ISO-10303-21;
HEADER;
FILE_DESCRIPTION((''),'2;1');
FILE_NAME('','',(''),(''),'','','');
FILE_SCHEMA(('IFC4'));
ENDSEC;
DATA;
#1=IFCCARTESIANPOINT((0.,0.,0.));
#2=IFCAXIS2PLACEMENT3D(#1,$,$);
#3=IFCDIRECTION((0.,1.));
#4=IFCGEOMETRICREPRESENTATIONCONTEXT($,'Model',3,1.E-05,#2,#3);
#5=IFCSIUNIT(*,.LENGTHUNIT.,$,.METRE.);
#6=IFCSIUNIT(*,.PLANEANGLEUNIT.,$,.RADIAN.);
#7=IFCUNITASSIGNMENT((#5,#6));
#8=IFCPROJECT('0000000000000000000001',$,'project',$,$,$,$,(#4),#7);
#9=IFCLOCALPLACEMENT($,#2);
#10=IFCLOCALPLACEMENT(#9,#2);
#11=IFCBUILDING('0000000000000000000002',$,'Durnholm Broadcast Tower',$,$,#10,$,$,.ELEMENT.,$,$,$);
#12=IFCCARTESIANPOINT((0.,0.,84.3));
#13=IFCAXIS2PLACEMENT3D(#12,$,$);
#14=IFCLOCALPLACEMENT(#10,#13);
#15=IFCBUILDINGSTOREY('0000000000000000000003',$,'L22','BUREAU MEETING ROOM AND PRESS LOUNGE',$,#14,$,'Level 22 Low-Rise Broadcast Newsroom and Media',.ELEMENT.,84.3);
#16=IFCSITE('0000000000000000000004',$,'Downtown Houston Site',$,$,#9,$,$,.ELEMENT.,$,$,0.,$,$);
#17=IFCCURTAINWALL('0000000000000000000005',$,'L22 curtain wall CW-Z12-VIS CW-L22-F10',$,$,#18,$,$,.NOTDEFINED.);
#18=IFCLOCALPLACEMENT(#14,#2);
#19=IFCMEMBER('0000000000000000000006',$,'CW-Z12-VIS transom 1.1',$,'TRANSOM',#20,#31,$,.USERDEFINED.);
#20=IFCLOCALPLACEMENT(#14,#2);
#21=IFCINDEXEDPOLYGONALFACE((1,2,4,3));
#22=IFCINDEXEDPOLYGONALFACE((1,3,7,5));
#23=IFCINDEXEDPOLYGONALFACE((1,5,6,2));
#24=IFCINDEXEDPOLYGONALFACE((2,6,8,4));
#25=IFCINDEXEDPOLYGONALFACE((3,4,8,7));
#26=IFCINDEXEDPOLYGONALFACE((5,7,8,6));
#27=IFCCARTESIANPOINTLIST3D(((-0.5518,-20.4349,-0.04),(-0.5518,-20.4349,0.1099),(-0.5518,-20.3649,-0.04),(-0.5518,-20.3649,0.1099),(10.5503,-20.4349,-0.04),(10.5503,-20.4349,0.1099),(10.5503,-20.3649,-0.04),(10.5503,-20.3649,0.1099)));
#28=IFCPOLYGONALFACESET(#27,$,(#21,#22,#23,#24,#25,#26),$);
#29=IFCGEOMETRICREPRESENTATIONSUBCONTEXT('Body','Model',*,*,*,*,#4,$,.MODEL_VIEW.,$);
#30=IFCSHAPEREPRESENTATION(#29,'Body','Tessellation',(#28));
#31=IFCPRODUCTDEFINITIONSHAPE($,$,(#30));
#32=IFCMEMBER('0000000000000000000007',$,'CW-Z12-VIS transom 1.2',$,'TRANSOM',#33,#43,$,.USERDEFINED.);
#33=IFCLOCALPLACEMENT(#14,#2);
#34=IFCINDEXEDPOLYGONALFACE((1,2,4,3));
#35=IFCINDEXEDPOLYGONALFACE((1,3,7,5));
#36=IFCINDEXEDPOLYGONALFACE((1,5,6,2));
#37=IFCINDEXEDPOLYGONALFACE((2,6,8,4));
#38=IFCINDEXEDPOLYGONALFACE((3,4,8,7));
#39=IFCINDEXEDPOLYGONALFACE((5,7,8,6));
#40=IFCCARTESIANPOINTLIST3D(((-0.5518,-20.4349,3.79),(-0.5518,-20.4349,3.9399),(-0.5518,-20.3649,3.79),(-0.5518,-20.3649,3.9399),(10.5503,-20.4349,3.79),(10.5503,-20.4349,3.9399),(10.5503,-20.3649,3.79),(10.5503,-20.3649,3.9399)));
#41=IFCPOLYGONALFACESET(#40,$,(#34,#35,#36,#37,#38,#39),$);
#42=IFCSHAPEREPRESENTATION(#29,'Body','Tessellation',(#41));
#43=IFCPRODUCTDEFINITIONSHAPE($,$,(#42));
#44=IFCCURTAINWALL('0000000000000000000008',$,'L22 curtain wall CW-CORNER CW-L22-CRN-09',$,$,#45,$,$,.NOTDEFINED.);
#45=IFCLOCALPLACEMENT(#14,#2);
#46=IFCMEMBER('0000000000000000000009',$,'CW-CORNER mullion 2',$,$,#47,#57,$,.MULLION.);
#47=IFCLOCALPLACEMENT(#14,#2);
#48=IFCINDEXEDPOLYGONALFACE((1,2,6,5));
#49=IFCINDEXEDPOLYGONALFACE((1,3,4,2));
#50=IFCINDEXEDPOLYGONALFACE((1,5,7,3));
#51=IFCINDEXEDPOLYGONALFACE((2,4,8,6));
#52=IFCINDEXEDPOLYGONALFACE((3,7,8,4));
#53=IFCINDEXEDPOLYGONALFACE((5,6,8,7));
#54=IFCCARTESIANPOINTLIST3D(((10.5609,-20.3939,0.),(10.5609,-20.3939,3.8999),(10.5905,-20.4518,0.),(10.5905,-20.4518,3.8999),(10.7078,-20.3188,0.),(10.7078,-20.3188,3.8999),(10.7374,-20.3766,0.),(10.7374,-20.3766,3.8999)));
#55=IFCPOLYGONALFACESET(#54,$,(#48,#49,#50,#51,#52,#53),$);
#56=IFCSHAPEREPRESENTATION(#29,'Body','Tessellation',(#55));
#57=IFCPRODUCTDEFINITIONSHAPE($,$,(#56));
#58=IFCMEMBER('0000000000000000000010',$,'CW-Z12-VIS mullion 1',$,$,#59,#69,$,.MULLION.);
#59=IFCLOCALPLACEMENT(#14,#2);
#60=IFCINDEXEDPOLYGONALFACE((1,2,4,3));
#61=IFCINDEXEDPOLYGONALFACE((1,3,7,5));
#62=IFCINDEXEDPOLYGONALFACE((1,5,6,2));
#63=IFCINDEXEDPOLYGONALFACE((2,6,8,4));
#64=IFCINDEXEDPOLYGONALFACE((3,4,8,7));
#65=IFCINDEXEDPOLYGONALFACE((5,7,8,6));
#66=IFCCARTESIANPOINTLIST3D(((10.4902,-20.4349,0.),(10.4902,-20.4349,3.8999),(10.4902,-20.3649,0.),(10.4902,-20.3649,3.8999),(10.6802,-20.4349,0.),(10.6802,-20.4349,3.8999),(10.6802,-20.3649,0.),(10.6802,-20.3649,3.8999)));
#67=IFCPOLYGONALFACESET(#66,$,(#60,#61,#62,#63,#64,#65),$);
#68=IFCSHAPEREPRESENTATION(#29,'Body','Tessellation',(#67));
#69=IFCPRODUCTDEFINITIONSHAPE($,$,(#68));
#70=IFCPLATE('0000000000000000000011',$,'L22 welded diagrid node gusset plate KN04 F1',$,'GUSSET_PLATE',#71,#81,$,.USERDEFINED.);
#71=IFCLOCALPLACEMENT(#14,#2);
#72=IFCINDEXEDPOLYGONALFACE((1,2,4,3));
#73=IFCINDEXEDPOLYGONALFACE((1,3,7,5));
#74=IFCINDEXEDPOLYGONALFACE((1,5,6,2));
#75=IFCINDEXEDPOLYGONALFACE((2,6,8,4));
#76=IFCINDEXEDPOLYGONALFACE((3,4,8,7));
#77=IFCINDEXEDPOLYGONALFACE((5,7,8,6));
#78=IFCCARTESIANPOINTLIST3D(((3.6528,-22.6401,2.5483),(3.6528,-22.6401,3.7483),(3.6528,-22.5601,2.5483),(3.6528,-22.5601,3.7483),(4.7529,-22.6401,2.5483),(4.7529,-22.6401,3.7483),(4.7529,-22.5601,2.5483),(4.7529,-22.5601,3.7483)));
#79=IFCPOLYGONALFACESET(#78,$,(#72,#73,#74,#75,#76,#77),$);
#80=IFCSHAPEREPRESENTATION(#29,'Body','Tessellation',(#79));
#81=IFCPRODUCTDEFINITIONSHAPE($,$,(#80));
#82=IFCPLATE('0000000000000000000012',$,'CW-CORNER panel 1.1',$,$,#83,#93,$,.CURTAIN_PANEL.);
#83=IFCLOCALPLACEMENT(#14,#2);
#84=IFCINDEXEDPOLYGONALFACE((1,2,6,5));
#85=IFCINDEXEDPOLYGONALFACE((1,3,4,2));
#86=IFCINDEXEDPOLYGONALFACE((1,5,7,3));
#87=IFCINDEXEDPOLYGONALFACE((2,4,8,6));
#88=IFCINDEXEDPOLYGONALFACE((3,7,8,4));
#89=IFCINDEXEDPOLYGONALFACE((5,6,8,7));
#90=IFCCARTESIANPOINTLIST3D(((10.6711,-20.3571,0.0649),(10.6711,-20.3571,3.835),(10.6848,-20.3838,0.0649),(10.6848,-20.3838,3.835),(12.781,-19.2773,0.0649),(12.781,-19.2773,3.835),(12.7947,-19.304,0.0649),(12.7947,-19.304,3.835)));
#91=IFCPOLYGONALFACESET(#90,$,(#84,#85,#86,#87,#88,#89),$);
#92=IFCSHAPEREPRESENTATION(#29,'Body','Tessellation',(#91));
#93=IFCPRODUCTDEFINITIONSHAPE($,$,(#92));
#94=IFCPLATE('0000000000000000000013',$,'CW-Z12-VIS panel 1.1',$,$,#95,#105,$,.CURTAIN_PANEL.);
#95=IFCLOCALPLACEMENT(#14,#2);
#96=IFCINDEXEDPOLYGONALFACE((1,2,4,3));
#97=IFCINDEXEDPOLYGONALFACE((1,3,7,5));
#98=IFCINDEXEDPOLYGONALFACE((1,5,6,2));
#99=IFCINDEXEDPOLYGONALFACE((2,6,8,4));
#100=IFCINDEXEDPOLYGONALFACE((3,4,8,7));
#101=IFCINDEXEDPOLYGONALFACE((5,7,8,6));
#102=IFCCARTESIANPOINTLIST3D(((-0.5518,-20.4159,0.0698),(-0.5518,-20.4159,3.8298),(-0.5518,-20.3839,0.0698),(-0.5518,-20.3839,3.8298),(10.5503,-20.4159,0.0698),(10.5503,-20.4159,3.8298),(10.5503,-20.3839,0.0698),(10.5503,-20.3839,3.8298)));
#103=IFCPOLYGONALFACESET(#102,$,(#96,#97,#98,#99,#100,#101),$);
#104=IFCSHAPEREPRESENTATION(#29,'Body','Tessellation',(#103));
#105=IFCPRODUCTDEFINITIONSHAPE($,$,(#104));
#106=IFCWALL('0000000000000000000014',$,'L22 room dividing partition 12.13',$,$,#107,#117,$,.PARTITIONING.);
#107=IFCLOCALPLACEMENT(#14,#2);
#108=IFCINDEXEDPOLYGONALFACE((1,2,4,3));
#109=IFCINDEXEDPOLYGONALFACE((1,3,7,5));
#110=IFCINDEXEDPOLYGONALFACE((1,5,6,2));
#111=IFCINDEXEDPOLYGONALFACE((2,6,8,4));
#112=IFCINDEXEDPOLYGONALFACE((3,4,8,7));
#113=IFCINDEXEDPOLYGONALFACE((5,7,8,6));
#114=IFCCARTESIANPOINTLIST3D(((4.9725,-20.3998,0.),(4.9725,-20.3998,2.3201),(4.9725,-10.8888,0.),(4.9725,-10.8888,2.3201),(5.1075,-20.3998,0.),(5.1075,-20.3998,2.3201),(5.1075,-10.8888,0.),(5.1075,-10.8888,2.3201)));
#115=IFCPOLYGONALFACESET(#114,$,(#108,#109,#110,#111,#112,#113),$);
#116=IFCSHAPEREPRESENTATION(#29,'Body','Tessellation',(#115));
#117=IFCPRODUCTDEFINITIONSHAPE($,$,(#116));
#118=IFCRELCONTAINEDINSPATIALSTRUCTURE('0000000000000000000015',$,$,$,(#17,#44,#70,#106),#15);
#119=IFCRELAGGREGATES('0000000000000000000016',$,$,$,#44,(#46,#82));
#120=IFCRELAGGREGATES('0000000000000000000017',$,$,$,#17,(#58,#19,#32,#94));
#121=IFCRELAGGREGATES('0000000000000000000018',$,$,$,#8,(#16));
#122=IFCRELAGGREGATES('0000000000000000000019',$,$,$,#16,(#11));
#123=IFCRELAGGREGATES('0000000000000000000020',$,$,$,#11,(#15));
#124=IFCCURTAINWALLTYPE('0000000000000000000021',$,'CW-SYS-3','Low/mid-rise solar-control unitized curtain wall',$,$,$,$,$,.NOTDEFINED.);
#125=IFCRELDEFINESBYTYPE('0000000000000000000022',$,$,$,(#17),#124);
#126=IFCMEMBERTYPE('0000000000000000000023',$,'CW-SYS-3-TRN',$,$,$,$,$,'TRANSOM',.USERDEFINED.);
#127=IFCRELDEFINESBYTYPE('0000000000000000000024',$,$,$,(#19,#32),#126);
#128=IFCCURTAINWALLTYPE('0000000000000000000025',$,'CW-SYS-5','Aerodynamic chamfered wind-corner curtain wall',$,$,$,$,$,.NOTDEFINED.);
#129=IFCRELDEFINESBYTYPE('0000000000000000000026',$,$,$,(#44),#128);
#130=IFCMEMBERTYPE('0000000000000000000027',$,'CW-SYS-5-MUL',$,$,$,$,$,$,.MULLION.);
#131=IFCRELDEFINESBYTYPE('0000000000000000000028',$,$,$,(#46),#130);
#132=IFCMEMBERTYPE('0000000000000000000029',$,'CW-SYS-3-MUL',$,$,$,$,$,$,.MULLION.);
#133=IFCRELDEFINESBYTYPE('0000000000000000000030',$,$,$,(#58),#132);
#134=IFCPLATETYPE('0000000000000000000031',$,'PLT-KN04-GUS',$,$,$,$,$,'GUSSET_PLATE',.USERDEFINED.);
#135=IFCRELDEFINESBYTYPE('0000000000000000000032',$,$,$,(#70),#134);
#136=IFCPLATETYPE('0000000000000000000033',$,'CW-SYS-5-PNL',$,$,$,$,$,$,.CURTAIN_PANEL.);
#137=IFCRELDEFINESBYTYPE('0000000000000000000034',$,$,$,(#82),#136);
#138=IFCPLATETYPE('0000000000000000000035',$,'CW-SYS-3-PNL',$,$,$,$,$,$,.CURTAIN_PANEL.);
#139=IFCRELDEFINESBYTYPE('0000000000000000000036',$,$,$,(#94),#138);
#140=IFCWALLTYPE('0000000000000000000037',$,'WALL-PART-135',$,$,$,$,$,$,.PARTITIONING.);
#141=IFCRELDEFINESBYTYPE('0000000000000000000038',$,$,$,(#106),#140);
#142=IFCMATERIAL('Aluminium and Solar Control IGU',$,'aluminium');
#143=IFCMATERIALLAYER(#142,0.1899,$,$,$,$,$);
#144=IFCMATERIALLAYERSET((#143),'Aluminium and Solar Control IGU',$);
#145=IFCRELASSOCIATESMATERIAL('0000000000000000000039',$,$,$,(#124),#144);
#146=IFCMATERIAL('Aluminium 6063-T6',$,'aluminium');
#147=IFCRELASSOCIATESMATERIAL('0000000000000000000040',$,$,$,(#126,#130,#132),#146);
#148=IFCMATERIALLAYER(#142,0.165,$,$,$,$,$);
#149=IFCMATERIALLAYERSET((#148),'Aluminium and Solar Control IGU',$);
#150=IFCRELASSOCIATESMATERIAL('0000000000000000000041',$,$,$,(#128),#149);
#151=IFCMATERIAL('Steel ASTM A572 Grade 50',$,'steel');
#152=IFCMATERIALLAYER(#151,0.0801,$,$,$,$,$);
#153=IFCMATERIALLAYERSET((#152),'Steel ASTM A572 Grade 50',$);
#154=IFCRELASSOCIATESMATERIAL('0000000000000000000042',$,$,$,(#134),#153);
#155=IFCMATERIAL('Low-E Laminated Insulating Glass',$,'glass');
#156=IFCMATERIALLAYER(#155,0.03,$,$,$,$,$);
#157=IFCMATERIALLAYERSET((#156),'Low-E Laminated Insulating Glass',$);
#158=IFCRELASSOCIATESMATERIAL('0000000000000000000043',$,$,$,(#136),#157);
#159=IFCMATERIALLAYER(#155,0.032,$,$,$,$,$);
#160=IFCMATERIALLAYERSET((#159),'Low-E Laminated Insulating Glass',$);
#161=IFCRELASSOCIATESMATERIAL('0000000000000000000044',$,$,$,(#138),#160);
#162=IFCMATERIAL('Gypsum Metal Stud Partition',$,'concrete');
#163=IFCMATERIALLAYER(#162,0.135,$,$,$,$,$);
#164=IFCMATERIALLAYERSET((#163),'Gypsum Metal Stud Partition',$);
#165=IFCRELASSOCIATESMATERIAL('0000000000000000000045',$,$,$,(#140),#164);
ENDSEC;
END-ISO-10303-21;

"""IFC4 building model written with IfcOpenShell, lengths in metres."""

from ifc_helpers import new_model, si_unit, direction, frame, frame_2d, origin, origin_2d, place, context, subcontext, project, spatial, rectangle, extrude, source, transform, mapped, material, layer, layer_set, material_profile, profile_set, type_object, type_shapes, element, aggregate, save


model = new_model("IFC4")

# Units and contexts
model_context = context("Model", 3, precision=1e-05, world=origin(), true_north=direction((0.0, 1.0)))
body_context = subcontext(model_context, "Body", "Model", "MODEL_VIEW")
ifc_project = project(units=[si_unit("LENGTHUNIT", "METRE"), si_unit("PLANEANGLEUNIT", "RADIAN")], contexts=[model_context])

# Site, building, storey
site_placement = place(None, origin())
site = spatial("IfcSite", under=ifc_project, at=site_placement, Name="Downtown Houston Site", CompositionType="ELEMENT", RefElevation=0.0)
building_placement = place(site_placement, origin())
building = spatial("IfcBuilding", under=site, at=building_placement, Name="Durnholm Broadcast Tower", CompositionType="ELEMENT")
storey_placement = place(building_placement, frame((0.0, 0.0, 84.3)))
storey = spatial("IfcBuildingStorey", under=building, at=storey_placement, Name="L22", Description="BUREAU MEETING ROOM AND PRESS LOUNGE", LongName="Level 22 Low-Rise Broadcast Newsroom and Media", CompositionType="ELEMENT", Elevation=84.3)

# Curtain wall, members
ifc_material_1 = material(Name="Aluminium and Solar Control IGU", Category="aluminium")
ifc_layer_1 = layer(ifc_material_1, 0.1899)
ifc_layer_set_1 = layer_set([ifc_layer_1], Name="Aluminium and Solar Control IGU")
curtain_wall_type_1 = type_object("IfcCurtainWallType", Name="CW-SYS-3", Description="Low/mid-rise solar-control unitized curtain wall", PredefinedType="NOTDEFINED", material=ifc_layer_set_1)
curtain_wall_1_placement = place(storey_placement, origin())
curtain_wall_1 = element("IfcCurtainWall", 1, at=curtain_wall_1_placement, inside=storey, type_object=curtain_wall_type_1, Name="L22 curtain wall CW-Z12-VIS CW-L22-F10", PredefinedType="NOTDEFINED")
ifc_material_2 = material(Name="Aluminium 6063-T6", Category="aluminium")
ifc_material_profile_1 = material_profile(ifc_material_2, rectangle(XDim=0.0701, YDim=0.1499, at=origin_2d()), Name="CWT70X150")
ifc_profile_set_1 = profile_set([ifc_material_profile_1], Name="Aluminium 6063-T6")
member_type_1 = type_object("IfcMemberType", Name="CW-SYS-3-TRN", ElementType="TRANSOM", PredefinedType="USERDEFINED", material=ifc_profile_set_1)
shared_shape_1 = source(origin(), body_context, "Body", "SweptSolid", [
    extrude(rectangle(XDim=0.0701, YDim=0.1499, at=origin_2d()), origin(), (0.0, 0.0, 1.0), 11.1021),
])
type_shapes(member_type_1, [shared_shape_1])
member_1_placement = place(storey_placement, frame((10.5503, -20.3999, 0.0349), z_axis=(-1.0, 0.0, 0.0), x_axis=(0.0, -1.0, 0.0)))
member_1 = element("IfcMember", 2, at=member_1_placement, type_object=member_type_1, Name="CW-Z12-VIS transom 1.1", ObjectType="TRANSOM", PredefinedType="USERDEFINED", context=body_context, shape_type="MappedRepresentation", body=[
    mapped(shared_shape_1, transform((0.0, 0.0, 0.0), x_axis=(1.0, 0.0, 0.0), y_axis=(0.0, 1.0, 0.0), z_axis=(0.0, 0.0, 1.0), scale=1.0)),
])
member_2_placement = place(storey_placement, frame((10.5503, -20.3999, 3.865), z_axis=(-1.0, 0.0, 0.0), x_axis=(0.0, -1.0, 0.0)))
member_2 = element("IfcMember", 3, at=member_2_placement, type_object=member_type_1, Name="CW-Z12-VIS transom 1.2", ObjectType="TRANSOM", PredefinedType="USERDEFINED", context=body_context, shape_type="MappedRepresentation", body=[
    mapped(shared_shape_1, transform((0.0, 0.0, 0.0), x_axis=(1.0, 0.0, 0.0), y_axis=(0.0, 1.0, 0.0), z_axis=(0.0, 0.0, 1.0), scale=1.0)),
])

# Curtain wall, member
ifc_layer_2 = layer(ifc_material_1, 0.165)
ifc_layer_set_2 = layer_set([ifc_layer_2], Name="Aluminium and Solar Control IGU")
curtain_wall_type_2 = type_object("IfcCurtainWallType", Name="CW-SYS-5", Description="Aerodynamic chamfered wind-corner curtain wall", PredefinedType="NOTDEFINED", material=ifc_layer_set_2)
curtain_wall_2_placement = place(storey_placement, origin())
curtain_wall_2 = element("IfcCurtainWall", 4, at=curtain_wall_2_placement, inside=storey, type_object=curtain_wall_type_2, Name="L22 curtain wall CW-CORNER CW-L22-CRN-09", PredefinedType="NOTDEFINED")
ifc_material_profile_2 = material_profile(ifc_material_2, rectangle(XDim=0.0649, YDim=0.165, at=origin_2d()), Name="CWM65X165")
ifc_profile_set_2 = profile_set([ifc_material_profile_2], Name="Aluminium 6063-T6")
member_type_2 = type_object("IfcMemberType", Name="CW-SYS-5-MUL", PredefinedType="MULLION", material=ifc_profile_set_2)
shared_shape_2 = source(origin(), body_context, "Body", "SweptSolid", [
    extrude(rectangle(XDim=0.0649, YDim=0.165, at=origin_2d()), origin(), (0.0, 0.0, 1.0), 3.8999),
])
type_shapes(member_type_2, [shared_shape_2])
member_3_placement = place(storey_placement, frame((10.6492, -20.3853, 0.0), z_axis=(0.0, 0.0, 1.0), x_axis=(0.455594, -0.890188, 0.0)))
member_3 = element("IfcMember", 5, at=member_3_placement, type_object=member_type_2, Name="CW-CORNER mullion 2", PredefinedType="MULLION", context=body_context, shape_type="MappedRepresentation", body=[
    mapped(shared_shape_2, transform((0.0, 0.0, 0.0), x_axis=(1.0, 0.0, 0.0), y_axis=(0.0, 1.0, 0.0), z_axis=(0.0, 0.0, 1.0), scale=1.0)),
])

# Member
ifc_material_profile_3 = material_profile(ifc_material_2, rectangle(XDim=0.0701, YDim=0.1899, at=origin_2d()), Name="CWM70X190")
ifc_profile_set_3 = profile_set([ifc_material_profile_3], Name="Aluminium 6063-T6")
member_type_3 = type_object("IfcMemberType", Name="CW-SYS-3-MUL", PredefinedType="MULLION", material=ifc_profile_set_3)
shared_shape_3 = source(origin(), body_context, "Body", "SweptSolid", [
    extrude(rectangle(XDim=0.0701, YDim=0.1899, at=origin_2d()), origin(), (0.0, 0.0, 1.0), 3.8999),
])
type_shapes(member_type_3, [shared_shape_3])
member_4_placement = place(storey_placement, frame((10.5852, -20.3999, 0.0), z_axis=(0.0, 0.0, 1.0), x_axis=(0.0, -1.0, 0.0)))
member_4 = element("IfcMember", 6, at=member_4_placement, type_object=member_type_3, Name="CW-Z12-VIS mullion 1", PredefinedType="MULLION", context=body_context, shape_type="MappedRepresentation", body=[
    mapped(shared_shape_3, transform((0.0, 0.0, 0.0), x_axis=(1.0, 0.0, 0.0), y_axis=(0.0, 1.0, 0.0), z_axis=(0.0, 0.0, 1.0), scale=1.0)),
])

# Plates
ifc_material_3 = material(Name="Steel ASTM A572 Grade 50", Category="steel")
ifc_layer_3 = layer(ifc_material_3, 0.0801)
ifc_layer_set_3 = layer_set([ifc_layer_3], Name="Steel ASTM A572 Grade 50")
plate_type_1 = type_object("IfcPlateType", Name="PLT-KN04-GUS", ElementType="GUSSET_PLATE", PredefinedType="USERDEFINED", material=ifc_layer_set_3)
shared_shape_4 = source(origin(), body_context, "Body", "SweptSolid", [
    extrude(rectangle(XDim=1.1001, YDim=0.0801, at=origin_2d()), origin(), (0.0, 0.0, 1.0), 1.2),
])
type_shapes(plate_type_1, [shared_shape_4])
plate_1_placement = place(storey_placement, frame((4.2029, -22.6001, 2.5483), z_axis=(0.0, 0.0, 1.0), x_axis=(1.0, 0.0, 0.0)))
element("IfcPlate", 7, at=plate_1_placement, inside=storey, type_object=plate_type_1, Name="L22 welded diagrid node gusset plate KN04 F1", ObjectType="GUSSET_PLATE", PredefinedType="USERDEFINED", context=body_context, shape_type="MappedRepresentation", body=[
    mapped(shared_shape_4, transform((0.0, 0.0, 0.0), x_axis=(1.0, 0.0, 0.0), y_axis=(0.0, 1.0, 0.0), z_axis=(0.0, 0.0, 1.0), scale=1.0)),
])
ifc_material_4 = material(Name="Low-E Laminated Insulating Glass", Category="glass")
ifc_layer_4 = layer(ifc_material_4, 0.03)
ifc_layer_set_4 = layer_set([ifc_layer_4], Name="Low-E Laminated Insulating Glass")
plate_type_2 = type_object("IfcPlateType", Name="CW-SYS-5-PNL", PredefinedType="CURTAIN_PANEL", material=ifc_layer_set_4)
shared_shape_5 = source(origin(), body_context, "Body", "SweptSolid", [
    extrude(rectangle(XDim=2.3701, YDim=0.03, at=origin_2d()), origin(), (0.0, 0.0, 1.0), 3.77),
])
type_shapes(plate_type_2, [shared_shape_5])
plate_2_placement = place(storey_placement, frame((11.7329, -19.8306, 0.0649), z_axis=(0.0, 0.0, 1.0), x_axis=(-0.890188, -0.455594, 0.0)))
plate_2 = element("IfcPlate", 8, at=plate_2_placement, type_object=plate_type_2, Name="CW-CORNER panel 1.1", PredefinedType="CURTAIN_PANEL", context=body_context, shape_type="MappedRepresentation", body=[
    mapped(shared_shape_5, transform((0.0, 0.0, 0.0), x_axis=(1.0, 0.0, 0.0), y_axis=(0.0, 1.0, 0.0), z_axis=(0.0, 0.0, 1.0), scale=1.0)),
])
aggregate(curtain_wall_2, [member_3, plate_2])
ifc_layer_5 = layer(ifc_material_4, 0.032)
ifc_layer_set_5 = layer_set([ifc_layer_5], Name="Low-E Laminated Insulating Glass")
plate_type_3 = type_object("IfcPlateType", Name="CW-SYS-3-PNL", PredefinedType="CURTAIN_PANEL", material=ifc_layer_set_5)
shared_shape_6 = source(origin(), body_context, "Body", "SweptSolid", [
    extrude(rectangle(XDim=11.1021, YDim=0.032, at=origin_2d()), origin(), (0.0, 0.0, 1.0), 3.76),
])
type_shapes(plate_type_3, [shared_shape_6])
plate_3_placement = place(storey_placement, frame((4.9993, -20.3999, 0.0698), z_axis=(0.0, 0.0, 1.0), x_axis=(-1.0, 0.0, 0.0)))
plate_3 = element("IfcPlate", 9, at=plate_3_placement, type_object=plate_type_3, Name="CW-Z12-VIS panel 1.1", PredefinedType="CURTAIN_PANEL", context=body_context, shape_type="MappedRepresentation", body=[
    mapped(shared_shape_6, transform((0.0, 0.0, 0.0), x_axis=(1.0, 0.0, 0.0), y_axis=(0.0, 1.0, 0.0), z_axis=(0.0, 0.0, 1.0), scale=1.0)),
])
aggregate(curtain_wall_1, [member_4, member_1, member_2, plate_3])

# Wall
ifc_material_5 = material(Name="Gypsum Metal Stud Partition", Category="concrete")
ifc_layer_6 = layer(ifc_material_5, 0.135)
ifc_layer_set_6 = layer_set([ifc_layer_6], Name="Gypsum Metal Stud Partition")
wall_type = type_object("IfcWallType", Name="WALL-PART-135", PredefinedType="PARTITIONING", material=ifc_layer_set_6)
wall_placement = place(storey_placement, frame((5.04, -10.8889, 0.0), z_axis=(0.0, 0.0, 1.0), x_axis=(0.0, -1.0, 0.0)))
element("IfcWall", 10, at=wall_placement, inside=storey, type_object=wall_type, Name="L22 room dividing partition 12.13", PredefinedType="PARTITIONING", context=body_context, shape_type="SweptSolid", body=[
    extrude(rectangle(XDim=9.511, YDim=0.135, at=frame_2d((4.7554, 0.0))), origin(), (0.0, 0.0, 1.0), 2.3201),
])

save(model, "model.ifc")
